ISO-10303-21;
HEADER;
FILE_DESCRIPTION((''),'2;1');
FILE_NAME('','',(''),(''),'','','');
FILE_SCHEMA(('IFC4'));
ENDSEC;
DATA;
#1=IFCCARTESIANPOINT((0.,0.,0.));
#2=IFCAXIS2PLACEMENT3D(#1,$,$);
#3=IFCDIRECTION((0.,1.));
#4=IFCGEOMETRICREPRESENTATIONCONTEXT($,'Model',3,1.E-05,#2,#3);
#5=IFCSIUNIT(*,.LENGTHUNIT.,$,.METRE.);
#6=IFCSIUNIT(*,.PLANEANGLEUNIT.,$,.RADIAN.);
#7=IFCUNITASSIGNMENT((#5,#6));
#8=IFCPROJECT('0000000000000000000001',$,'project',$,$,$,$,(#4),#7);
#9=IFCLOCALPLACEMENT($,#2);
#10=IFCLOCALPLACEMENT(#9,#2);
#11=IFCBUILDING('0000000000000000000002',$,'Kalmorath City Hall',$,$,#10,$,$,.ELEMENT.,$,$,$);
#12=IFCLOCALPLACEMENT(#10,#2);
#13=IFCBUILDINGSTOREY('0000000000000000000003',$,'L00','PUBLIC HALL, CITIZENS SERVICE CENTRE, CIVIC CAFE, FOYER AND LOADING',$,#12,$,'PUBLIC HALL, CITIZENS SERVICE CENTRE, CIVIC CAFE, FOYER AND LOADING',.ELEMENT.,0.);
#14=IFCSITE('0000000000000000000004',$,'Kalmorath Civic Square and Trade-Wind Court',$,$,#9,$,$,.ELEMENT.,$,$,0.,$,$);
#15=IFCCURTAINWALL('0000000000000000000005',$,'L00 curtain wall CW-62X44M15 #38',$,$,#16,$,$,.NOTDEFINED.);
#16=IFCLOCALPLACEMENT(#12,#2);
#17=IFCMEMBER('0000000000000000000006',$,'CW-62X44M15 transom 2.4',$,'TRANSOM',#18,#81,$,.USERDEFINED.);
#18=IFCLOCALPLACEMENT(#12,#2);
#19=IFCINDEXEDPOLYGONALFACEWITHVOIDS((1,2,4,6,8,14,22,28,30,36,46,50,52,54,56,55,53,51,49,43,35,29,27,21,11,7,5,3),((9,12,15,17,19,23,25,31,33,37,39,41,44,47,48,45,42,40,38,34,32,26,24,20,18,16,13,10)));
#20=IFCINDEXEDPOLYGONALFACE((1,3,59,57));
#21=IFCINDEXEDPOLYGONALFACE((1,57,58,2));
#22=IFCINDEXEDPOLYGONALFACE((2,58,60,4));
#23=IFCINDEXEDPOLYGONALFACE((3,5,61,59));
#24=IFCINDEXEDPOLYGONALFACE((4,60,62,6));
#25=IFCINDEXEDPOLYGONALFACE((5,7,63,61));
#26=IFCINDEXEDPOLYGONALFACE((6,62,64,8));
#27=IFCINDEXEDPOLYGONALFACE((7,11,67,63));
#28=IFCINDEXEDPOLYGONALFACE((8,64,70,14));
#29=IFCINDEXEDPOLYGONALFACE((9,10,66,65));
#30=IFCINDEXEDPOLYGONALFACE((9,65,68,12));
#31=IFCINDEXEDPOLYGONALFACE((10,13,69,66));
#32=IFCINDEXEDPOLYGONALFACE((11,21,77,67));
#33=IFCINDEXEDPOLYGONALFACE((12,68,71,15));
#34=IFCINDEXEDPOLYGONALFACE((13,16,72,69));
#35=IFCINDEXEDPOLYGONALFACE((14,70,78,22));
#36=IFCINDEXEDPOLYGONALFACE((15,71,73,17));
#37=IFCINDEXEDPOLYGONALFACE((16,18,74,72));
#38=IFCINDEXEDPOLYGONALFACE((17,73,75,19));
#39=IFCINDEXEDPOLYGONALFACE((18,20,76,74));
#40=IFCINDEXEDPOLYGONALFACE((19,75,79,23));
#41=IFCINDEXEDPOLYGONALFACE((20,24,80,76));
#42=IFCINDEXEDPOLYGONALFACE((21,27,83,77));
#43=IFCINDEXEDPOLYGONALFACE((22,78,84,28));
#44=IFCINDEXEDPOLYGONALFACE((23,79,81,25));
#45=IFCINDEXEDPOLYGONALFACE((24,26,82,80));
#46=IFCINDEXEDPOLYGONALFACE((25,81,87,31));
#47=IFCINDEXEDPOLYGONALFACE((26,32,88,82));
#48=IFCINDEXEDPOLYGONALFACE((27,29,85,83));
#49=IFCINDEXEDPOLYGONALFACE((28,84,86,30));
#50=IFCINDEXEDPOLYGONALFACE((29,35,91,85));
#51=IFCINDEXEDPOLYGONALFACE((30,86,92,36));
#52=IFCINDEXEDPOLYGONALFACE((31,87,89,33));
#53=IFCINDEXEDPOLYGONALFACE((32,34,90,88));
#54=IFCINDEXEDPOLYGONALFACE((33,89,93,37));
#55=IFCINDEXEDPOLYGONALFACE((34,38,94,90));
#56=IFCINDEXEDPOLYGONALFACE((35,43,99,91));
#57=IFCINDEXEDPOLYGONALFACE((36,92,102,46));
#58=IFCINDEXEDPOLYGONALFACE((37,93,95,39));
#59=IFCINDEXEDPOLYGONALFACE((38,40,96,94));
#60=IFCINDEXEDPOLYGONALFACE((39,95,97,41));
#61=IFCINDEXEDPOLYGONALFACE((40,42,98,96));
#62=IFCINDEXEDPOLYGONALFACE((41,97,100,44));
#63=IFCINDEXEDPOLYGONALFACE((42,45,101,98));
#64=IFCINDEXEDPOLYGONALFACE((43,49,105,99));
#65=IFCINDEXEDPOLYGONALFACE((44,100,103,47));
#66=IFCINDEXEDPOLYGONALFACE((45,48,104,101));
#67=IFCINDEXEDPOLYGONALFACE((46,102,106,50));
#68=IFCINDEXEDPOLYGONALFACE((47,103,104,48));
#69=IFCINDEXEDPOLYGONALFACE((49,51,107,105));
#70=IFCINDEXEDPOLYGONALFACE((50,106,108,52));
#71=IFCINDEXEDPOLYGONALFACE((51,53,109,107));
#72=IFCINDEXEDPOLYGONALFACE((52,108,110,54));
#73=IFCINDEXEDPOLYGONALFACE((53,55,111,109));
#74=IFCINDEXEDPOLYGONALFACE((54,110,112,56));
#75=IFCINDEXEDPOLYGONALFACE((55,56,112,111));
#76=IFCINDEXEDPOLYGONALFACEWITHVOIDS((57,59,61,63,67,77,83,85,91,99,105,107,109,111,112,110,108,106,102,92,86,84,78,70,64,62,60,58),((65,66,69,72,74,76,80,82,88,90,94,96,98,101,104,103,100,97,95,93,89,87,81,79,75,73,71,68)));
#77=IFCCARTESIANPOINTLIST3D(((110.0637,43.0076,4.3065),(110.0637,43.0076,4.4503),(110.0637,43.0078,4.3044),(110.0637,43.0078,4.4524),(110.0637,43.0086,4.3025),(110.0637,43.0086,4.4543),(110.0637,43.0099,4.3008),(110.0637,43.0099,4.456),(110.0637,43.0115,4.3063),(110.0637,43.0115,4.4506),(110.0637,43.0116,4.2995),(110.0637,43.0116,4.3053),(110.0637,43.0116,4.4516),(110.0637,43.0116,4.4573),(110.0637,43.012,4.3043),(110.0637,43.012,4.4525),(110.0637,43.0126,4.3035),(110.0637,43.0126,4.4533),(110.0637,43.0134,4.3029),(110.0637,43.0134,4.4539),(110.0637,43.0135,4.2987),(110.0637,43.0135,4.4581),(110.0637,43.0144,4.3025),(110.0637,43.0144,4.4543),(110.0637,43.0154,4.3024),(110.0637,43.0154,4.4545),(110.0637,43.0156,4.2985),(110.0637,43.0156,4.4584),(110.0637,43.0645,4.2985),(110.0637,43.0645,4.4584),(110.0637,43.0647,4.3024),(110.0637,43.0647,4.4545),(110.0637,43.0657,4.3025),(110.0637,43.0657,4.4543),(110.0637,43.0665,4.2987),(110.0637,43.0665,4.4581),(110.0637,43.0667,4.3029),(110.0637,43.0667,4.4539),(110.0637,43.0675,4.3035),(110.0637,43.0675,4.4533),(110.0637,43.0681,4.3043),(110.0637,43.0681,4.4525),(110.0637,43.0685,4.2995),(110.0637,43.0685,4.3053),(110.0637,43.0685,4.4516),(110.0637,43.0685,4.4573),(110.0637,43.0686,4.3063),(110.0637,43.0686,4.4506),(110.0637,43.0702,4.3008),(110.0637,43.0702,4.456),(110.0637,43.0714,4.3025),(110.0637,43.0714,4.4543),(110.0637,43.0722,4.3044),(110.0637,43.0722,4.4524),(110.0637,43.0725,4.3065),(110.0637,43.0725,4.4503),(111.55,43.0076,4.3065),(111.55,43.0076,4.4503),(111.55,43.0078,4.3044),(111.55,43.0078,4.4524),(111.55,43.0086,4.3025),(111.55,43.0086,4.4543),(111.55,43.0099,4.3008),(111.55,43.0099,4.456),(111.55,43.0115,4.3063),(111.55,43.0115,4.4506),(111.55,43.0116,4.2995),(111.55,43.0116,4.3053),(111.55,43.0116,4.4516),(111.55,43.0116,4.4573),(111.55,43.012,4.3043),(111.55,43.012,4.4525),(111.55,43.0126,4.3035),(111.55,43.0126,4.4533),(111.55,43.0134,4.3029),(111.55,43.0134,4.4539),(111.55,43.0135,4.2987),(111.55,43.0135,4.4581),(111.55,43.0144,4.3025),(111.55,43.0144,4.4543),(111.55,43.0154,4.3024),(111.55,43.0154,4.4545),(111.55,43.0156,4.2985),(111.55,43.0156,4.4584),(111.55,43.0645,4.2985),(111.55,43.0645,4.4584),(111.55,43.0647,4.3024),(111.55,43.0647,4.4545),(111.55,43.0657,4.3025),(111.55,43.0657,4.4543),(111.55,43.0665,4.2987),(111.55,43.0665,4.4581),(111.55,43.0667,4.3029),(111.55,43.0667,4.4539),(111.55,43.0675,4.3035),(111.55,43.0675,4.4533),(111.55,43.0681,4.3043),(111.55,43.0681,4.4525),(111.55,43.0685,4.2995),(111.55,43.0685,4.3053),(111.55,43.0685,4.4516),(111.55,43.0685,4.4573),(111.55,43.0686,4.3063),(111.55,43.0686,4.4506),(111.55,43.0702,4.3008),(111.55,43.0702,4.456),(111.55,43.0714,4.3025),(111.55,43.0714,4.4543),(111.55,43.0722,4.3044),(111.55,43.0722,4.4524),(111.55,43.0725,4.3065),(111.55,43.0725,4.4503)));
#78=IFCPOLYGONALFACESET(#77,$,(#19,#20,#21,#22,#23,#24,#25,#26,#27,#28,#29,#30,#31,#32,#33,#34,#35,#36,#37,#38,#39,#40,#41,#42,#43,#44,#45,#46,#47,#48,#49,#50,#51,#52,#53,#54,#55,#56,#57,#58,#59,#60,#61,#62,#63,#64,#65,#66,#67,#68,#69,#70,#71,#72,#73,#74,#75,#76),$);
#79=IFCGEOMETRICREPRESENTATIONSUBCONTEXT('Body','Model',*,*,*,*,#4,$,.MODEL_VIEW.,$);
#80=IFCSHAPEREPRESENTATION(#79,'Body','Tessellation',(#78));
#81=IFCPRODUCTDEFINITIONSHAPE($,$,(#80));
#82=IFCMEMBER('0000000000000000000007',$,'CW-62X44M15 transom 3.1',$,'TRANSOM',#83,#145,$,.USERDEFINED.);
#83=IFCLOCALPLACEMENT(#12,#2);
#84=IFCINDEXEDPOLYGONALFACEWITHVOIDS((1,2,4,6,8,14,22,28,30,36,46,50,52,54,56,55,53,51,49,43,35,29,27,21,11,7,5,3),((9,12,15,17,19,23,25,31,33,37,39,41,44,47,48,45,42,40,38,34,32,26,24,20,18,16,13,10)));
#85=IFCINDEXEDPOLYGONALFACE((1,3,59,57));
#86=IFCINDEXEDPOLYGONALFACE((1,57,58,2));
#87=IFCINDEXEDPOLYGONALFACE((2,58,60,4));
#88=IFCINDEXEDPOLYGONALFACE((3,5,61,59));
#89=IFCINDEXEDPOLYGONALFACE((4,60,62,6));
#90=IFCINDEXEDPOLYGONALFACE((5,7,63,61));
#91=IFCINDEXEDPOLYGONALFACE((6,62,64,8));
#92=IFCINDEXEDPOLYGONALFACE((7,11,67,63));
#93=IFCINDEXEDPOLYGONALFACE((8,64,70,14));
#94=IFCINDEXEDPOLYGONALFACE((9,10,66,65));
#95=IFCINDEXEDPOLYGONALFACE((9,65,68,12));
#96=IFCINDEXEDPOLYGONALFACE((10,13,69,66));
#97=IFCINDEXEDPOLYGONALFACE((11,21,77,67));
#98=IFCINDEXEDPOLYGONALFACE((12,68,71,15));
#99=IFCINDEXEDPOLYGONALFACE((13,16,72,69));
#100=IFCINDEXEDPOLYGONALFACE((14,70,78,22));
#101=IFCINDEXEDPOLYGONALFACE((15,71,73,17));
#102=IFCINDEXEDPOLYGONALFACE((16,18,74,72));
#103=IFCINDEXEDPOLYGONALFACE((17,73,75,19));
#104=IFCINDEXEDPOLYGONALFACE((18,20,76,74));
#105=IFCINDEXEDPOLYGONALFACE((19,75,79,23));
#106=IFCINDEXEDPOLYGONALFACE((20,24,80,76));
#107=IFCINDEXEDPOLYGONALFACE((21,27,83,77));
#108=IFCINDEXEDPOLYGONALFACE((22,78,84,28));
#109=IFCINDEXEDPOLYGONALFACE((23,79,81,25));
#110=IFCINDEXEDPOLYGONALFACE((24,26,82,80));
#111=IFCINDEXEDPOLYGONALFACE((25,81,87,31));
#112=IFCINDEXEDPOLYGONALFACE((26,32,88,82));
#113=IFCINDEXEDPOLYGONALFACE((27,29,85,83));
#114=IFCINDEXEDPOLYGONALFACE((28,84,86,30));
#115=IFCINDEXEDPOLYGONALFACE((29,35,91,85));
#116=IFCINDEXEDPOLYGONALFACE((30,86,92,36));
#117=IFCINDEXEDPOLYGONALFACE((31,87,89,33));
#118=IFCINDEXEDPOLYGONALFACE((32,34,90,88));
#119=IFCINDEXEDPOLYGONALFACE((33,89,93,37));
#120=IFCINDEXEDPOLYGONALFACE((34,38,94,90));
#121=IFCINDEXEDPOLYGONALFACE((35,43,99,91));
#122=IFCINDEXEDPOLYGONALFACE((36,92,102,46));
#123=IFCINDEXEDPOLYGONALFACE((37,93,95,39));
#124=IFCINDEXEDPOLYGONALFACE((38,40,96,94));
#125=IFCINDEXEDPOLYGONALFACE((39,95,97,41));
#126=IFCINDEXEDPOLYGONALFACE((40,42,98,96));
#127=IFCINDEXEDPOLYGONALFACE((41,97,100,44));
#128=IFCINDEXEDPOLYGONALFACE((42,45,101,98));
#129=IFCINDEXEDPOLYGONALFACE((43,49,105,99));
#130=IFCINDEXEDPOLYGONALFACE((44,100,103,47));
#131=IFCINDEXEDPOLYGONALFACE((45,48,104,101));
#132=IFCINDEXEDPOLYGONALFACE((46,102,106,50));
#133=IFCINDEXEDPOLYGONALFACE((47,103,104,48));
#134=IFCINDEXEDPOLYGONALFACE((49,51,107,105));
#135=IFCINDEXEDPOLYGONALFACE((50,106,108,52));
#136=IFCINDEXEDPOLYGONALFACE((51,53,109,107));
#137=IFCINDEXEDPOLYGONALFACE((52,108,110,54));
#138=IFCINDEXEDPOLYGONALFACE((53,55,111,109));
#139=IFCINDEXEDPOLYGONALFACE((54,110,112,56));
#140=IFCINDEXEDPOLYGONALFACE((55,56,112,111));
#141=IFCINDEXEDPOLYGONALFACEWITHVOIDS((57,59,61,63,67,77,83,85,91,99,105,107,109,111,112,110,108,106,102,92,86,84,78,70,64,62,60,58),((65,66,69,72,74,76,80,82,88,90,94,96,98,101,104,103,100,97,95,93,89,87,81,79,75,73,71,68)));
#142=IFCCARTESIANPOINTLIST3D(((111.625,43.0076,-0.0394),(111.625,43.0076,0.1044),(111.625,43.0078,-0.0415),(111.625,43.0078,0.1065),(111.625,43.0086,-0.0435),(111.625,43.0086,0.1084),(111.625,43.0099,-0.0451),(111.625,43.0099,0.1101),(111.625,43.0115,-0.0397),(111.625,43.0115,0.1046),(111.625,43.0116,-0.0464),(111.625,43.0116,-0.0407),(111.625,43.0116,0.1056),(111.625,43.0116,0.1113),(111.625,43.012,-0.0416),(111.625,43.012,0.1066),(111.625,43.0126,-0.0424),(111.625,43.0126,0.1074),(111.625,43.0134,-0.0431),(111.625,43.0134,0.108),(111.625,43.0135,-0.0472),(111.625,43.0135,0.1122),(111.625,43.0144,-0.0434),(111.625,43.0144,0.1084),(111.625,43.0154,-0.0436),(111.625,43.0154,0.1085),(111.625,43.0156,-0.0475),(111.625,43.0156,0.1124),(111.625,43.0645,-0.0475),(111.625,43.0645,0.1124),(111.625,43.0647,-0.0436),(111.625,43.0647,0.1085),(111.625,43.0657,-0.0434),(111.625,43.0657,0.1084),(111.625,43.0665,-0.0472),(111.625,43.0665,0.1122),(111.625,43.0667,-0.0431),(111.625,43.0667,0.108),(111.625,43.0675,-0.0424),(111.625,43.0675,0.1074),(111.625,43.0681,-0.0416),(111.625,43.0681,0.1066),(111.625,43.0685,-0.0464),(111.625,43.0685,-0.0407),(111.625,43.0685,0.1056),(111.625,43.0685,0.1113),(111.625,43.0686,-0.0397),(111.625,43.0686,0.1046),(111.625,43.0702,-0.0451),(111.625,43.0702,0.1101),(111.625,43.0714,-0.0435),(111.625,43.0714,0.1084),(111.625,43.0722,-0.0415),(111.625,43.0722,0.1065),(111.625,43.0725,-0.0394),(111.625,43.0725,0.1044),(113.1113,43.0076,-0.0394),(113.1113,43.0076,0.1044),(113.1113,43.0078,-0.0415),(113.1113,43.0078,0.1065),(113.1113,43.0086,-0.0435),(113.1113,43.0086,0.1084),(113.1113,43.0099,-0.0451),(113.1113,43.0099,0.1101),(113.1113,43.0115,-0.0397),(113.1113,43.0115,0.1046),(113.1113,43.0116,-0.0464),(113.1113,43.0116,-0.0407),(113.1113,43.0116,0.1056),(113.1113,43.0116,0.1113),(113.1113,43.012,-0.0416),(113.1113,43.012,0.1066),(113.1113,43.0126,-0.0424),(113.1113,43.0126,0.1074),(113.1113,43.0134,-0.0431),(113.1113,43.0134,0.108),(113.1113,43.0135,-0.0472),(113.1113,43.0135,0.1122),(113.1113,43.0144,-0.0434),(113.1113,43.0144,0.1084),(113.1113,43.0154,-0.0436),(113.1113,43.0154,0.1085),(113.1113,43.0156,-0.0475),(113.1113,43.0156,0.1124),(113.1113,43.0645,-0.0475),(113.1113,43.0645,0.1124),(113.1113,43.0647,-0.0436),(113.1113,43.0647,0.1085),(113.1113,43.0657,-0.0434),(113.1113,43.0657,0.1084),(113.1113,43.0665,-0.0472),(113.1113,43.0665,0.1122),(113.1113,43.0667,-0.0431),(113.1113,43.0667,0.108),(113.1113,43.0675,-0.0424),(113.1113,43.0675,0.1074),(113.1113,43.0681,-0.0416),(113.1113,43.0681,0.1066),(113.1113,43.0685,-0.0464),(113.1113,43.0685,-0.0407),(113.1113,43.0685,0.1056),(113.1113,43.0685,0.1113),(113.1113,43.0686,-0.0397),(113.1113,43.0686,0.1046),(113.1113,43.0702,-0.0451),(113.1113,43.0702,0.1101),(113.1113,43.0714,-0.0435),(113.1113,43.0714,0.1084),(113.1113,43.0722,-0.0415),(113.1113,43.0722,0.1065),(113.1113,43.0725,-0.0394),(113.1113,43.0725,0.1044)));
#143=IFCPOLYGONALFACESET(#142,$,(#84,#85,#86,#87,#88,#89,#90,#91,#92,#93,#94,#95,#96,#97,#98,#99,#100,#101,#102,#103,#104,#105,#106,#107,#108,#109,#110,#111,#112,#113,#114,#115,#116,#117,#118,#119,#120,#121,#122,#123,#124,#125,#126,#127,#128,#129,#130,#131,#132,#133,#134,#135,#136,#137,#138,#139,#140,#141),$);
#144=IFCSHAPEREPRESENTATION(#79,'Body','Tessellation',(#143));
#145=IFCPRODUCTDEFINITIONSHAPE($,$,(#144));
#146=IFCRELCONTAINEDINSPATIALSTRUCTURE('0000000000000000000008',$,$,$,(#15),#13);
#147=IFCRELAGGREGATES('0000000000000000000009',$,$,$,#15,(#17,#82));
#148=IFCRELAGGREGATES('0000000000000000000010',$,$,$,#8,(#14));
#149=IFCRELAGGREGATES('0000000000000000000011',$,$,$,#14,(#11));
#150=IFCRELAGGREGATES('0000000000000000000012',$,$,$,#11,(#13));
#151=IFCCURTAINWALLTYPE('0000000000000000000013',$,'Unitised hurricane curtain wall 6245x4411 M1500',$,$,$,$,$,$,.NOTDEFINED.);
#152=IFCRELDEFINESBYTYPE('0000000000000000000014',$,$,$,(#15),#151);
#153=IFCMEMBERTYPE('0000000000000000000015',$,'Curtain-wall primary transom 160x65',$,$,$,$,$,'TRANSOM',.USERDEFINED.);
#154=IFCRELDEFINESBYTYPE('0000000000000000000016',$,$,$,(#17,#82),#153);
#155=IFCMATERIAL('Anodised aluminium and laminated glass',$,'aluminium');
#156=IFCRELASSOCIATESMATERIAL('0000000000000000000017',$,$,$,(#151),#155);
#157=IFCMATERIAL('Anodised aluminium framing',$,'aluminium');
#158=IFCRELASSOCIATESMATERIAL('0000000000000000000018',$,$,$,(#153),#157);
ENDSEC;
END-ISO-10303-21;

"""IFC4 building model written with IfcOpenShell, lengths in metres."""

from ifc_helpers import new_model, si_unit, direction, frame, origin, origin_2d, place, context, subcontext, project, spatial, hollow_rectangle, extrude, material, material_profile, profile_set, type_object, element, aggregate, save


model = new_model("IFC4")

# Units and contexts
model_context = context("Model", 3, precision=1e-05, world=origin(), true_north=direction((0.0, 1.0)))
body_context = subcontext(model_context, "Body", "Model", "MODEL_VIEW")
ifc_project = project(units=[si_unit("LENGTHUNIT", "METRE"), si_unit("PLANEANGLEUNIT", "RADIAN")], contexts=[model_context])

# Site, building, storey
site_placement = place(None, origin())
site = spatial("IfcSite", under=ifc_project, at=site_placement, Name="Kalmorath Civic Square and Trade-Wind Court", CompositionType="ELEMENT", RefElevation=0.0)
building_placement = place(site_placement, origin())
building = spatial("IfcBuilding", under=site, at=building_placement, Name="Kalmorath City Hall", CompositionType="ELEMENT")
storey_placement = place(building_placement, origin())
storey = spatial("IfcBuildingStorey", under=building, at=storey_placement, Name="L00", Description="PUBLIC HALL, CITIZENS SERVICE CENTRE, CIVIC CAFE, FOYER AND LOADING", LongName="PUBLIC HALL, CITIZENS SERVICE CENTRE, CIVIC CAFE, FOYER AND LOADING", CompositionType="ELEMENT", Elevation=0.0)

# Curtain wall, members
ifc_material_1 = material(Name="Anodised aluminium and laminated glass", Category="aluminium")
curtain_wall_type = type_object("IfcCurtainWallType", Name="Unitised hurricane curtain wall 6245x4411 M1500", PredefinedType="NOTDEFINED", material=ifc_material_1)
curtain_wall_placement = place(storey_placement, origin())
curtain_wall = element("IfcCurtainWall", 1, at=curtain_wall_placement, inside=storey, type_object=curtain_wall_type, Name="L00 curtain wall CW-62X44M15 #38", PredefinedType="NOTDEFINED")
ifc_material_2 = material(Name="Anodised aluminium framing", Category="aluminium")
ifc_material_profile_1 = material_profile(ifc_material_2, hollow_rectangle(XDim=0.0649, YDim=0.1599, WallThickness=0.0039, InnerFilletRadius=0.0039, OuterFilletRadius=0.0081, at=origin_2d()), Name="ALU-TRN-160X65X4")
ifc_profile_set_1 = profile_set([ifc_material_profile_1], Name="Anodised aluminium framing")
member_type_1 = type_object("IfcMemberType", Name="Curtain-wall primary transom 160x65", ElementType="TRANSOM", PredefinedType="USERDEFINED", material=ifc_profile_set_1)
member_1_placement = place(storey_placement, frame((110.0637, 43.04, 4.3784), z_axis=(1.0, 0.0, 0.0), x_axis=(0.0, 1.0, 0.0)))
member_1 = element("IfcMember", 2, at=member_1_placement, type_object=member_type_1, Name="CW-62X44M15 transom 2.4", ObjectType="TRANSOM", PredefinedType="USERDEFINED", context=body_context, shape_type="SweptSolid", body=[
    extrude(hollow_rectangle(XDim=0.0649, YDim=0.1599, WallThickness=0.0039, InnerFilletRadius=0.0039, OuterFilletRadius=0.0081, at=origin_2d()), origin(), (0.0, 0.0, 1.0), 1.4863),
])
member_2_placement = place(storey_placement, frame((111.625, 43.04, 0.0325), z_axis=(1.0, 0.0, 0.0), x_axis=(0.0, 1.0, 0.0)))
member_2 = element("IfcMember", 3, at=member_2_placement, type_object=member_type_1, Name="CW-62X44M15 transom 3.1", ObjectType="TRANSOM", PredefinedType="USERDEFINED", context=body_context, shape_type="SweptSolid", body=[
    extrude(hollow_rectangle(XDim=0.0649, YDim=0.1599, WallThickness=0.0039, InnerFilletRadius=0.0039, OuterFilletRadius=0.0081, at=origin_2d()), origin(), (0.0, 0.0, 1.0), 1.4863),
])
aggregate(curtain_wall, [member_1, member_2])

save(model, "model.ifc")
